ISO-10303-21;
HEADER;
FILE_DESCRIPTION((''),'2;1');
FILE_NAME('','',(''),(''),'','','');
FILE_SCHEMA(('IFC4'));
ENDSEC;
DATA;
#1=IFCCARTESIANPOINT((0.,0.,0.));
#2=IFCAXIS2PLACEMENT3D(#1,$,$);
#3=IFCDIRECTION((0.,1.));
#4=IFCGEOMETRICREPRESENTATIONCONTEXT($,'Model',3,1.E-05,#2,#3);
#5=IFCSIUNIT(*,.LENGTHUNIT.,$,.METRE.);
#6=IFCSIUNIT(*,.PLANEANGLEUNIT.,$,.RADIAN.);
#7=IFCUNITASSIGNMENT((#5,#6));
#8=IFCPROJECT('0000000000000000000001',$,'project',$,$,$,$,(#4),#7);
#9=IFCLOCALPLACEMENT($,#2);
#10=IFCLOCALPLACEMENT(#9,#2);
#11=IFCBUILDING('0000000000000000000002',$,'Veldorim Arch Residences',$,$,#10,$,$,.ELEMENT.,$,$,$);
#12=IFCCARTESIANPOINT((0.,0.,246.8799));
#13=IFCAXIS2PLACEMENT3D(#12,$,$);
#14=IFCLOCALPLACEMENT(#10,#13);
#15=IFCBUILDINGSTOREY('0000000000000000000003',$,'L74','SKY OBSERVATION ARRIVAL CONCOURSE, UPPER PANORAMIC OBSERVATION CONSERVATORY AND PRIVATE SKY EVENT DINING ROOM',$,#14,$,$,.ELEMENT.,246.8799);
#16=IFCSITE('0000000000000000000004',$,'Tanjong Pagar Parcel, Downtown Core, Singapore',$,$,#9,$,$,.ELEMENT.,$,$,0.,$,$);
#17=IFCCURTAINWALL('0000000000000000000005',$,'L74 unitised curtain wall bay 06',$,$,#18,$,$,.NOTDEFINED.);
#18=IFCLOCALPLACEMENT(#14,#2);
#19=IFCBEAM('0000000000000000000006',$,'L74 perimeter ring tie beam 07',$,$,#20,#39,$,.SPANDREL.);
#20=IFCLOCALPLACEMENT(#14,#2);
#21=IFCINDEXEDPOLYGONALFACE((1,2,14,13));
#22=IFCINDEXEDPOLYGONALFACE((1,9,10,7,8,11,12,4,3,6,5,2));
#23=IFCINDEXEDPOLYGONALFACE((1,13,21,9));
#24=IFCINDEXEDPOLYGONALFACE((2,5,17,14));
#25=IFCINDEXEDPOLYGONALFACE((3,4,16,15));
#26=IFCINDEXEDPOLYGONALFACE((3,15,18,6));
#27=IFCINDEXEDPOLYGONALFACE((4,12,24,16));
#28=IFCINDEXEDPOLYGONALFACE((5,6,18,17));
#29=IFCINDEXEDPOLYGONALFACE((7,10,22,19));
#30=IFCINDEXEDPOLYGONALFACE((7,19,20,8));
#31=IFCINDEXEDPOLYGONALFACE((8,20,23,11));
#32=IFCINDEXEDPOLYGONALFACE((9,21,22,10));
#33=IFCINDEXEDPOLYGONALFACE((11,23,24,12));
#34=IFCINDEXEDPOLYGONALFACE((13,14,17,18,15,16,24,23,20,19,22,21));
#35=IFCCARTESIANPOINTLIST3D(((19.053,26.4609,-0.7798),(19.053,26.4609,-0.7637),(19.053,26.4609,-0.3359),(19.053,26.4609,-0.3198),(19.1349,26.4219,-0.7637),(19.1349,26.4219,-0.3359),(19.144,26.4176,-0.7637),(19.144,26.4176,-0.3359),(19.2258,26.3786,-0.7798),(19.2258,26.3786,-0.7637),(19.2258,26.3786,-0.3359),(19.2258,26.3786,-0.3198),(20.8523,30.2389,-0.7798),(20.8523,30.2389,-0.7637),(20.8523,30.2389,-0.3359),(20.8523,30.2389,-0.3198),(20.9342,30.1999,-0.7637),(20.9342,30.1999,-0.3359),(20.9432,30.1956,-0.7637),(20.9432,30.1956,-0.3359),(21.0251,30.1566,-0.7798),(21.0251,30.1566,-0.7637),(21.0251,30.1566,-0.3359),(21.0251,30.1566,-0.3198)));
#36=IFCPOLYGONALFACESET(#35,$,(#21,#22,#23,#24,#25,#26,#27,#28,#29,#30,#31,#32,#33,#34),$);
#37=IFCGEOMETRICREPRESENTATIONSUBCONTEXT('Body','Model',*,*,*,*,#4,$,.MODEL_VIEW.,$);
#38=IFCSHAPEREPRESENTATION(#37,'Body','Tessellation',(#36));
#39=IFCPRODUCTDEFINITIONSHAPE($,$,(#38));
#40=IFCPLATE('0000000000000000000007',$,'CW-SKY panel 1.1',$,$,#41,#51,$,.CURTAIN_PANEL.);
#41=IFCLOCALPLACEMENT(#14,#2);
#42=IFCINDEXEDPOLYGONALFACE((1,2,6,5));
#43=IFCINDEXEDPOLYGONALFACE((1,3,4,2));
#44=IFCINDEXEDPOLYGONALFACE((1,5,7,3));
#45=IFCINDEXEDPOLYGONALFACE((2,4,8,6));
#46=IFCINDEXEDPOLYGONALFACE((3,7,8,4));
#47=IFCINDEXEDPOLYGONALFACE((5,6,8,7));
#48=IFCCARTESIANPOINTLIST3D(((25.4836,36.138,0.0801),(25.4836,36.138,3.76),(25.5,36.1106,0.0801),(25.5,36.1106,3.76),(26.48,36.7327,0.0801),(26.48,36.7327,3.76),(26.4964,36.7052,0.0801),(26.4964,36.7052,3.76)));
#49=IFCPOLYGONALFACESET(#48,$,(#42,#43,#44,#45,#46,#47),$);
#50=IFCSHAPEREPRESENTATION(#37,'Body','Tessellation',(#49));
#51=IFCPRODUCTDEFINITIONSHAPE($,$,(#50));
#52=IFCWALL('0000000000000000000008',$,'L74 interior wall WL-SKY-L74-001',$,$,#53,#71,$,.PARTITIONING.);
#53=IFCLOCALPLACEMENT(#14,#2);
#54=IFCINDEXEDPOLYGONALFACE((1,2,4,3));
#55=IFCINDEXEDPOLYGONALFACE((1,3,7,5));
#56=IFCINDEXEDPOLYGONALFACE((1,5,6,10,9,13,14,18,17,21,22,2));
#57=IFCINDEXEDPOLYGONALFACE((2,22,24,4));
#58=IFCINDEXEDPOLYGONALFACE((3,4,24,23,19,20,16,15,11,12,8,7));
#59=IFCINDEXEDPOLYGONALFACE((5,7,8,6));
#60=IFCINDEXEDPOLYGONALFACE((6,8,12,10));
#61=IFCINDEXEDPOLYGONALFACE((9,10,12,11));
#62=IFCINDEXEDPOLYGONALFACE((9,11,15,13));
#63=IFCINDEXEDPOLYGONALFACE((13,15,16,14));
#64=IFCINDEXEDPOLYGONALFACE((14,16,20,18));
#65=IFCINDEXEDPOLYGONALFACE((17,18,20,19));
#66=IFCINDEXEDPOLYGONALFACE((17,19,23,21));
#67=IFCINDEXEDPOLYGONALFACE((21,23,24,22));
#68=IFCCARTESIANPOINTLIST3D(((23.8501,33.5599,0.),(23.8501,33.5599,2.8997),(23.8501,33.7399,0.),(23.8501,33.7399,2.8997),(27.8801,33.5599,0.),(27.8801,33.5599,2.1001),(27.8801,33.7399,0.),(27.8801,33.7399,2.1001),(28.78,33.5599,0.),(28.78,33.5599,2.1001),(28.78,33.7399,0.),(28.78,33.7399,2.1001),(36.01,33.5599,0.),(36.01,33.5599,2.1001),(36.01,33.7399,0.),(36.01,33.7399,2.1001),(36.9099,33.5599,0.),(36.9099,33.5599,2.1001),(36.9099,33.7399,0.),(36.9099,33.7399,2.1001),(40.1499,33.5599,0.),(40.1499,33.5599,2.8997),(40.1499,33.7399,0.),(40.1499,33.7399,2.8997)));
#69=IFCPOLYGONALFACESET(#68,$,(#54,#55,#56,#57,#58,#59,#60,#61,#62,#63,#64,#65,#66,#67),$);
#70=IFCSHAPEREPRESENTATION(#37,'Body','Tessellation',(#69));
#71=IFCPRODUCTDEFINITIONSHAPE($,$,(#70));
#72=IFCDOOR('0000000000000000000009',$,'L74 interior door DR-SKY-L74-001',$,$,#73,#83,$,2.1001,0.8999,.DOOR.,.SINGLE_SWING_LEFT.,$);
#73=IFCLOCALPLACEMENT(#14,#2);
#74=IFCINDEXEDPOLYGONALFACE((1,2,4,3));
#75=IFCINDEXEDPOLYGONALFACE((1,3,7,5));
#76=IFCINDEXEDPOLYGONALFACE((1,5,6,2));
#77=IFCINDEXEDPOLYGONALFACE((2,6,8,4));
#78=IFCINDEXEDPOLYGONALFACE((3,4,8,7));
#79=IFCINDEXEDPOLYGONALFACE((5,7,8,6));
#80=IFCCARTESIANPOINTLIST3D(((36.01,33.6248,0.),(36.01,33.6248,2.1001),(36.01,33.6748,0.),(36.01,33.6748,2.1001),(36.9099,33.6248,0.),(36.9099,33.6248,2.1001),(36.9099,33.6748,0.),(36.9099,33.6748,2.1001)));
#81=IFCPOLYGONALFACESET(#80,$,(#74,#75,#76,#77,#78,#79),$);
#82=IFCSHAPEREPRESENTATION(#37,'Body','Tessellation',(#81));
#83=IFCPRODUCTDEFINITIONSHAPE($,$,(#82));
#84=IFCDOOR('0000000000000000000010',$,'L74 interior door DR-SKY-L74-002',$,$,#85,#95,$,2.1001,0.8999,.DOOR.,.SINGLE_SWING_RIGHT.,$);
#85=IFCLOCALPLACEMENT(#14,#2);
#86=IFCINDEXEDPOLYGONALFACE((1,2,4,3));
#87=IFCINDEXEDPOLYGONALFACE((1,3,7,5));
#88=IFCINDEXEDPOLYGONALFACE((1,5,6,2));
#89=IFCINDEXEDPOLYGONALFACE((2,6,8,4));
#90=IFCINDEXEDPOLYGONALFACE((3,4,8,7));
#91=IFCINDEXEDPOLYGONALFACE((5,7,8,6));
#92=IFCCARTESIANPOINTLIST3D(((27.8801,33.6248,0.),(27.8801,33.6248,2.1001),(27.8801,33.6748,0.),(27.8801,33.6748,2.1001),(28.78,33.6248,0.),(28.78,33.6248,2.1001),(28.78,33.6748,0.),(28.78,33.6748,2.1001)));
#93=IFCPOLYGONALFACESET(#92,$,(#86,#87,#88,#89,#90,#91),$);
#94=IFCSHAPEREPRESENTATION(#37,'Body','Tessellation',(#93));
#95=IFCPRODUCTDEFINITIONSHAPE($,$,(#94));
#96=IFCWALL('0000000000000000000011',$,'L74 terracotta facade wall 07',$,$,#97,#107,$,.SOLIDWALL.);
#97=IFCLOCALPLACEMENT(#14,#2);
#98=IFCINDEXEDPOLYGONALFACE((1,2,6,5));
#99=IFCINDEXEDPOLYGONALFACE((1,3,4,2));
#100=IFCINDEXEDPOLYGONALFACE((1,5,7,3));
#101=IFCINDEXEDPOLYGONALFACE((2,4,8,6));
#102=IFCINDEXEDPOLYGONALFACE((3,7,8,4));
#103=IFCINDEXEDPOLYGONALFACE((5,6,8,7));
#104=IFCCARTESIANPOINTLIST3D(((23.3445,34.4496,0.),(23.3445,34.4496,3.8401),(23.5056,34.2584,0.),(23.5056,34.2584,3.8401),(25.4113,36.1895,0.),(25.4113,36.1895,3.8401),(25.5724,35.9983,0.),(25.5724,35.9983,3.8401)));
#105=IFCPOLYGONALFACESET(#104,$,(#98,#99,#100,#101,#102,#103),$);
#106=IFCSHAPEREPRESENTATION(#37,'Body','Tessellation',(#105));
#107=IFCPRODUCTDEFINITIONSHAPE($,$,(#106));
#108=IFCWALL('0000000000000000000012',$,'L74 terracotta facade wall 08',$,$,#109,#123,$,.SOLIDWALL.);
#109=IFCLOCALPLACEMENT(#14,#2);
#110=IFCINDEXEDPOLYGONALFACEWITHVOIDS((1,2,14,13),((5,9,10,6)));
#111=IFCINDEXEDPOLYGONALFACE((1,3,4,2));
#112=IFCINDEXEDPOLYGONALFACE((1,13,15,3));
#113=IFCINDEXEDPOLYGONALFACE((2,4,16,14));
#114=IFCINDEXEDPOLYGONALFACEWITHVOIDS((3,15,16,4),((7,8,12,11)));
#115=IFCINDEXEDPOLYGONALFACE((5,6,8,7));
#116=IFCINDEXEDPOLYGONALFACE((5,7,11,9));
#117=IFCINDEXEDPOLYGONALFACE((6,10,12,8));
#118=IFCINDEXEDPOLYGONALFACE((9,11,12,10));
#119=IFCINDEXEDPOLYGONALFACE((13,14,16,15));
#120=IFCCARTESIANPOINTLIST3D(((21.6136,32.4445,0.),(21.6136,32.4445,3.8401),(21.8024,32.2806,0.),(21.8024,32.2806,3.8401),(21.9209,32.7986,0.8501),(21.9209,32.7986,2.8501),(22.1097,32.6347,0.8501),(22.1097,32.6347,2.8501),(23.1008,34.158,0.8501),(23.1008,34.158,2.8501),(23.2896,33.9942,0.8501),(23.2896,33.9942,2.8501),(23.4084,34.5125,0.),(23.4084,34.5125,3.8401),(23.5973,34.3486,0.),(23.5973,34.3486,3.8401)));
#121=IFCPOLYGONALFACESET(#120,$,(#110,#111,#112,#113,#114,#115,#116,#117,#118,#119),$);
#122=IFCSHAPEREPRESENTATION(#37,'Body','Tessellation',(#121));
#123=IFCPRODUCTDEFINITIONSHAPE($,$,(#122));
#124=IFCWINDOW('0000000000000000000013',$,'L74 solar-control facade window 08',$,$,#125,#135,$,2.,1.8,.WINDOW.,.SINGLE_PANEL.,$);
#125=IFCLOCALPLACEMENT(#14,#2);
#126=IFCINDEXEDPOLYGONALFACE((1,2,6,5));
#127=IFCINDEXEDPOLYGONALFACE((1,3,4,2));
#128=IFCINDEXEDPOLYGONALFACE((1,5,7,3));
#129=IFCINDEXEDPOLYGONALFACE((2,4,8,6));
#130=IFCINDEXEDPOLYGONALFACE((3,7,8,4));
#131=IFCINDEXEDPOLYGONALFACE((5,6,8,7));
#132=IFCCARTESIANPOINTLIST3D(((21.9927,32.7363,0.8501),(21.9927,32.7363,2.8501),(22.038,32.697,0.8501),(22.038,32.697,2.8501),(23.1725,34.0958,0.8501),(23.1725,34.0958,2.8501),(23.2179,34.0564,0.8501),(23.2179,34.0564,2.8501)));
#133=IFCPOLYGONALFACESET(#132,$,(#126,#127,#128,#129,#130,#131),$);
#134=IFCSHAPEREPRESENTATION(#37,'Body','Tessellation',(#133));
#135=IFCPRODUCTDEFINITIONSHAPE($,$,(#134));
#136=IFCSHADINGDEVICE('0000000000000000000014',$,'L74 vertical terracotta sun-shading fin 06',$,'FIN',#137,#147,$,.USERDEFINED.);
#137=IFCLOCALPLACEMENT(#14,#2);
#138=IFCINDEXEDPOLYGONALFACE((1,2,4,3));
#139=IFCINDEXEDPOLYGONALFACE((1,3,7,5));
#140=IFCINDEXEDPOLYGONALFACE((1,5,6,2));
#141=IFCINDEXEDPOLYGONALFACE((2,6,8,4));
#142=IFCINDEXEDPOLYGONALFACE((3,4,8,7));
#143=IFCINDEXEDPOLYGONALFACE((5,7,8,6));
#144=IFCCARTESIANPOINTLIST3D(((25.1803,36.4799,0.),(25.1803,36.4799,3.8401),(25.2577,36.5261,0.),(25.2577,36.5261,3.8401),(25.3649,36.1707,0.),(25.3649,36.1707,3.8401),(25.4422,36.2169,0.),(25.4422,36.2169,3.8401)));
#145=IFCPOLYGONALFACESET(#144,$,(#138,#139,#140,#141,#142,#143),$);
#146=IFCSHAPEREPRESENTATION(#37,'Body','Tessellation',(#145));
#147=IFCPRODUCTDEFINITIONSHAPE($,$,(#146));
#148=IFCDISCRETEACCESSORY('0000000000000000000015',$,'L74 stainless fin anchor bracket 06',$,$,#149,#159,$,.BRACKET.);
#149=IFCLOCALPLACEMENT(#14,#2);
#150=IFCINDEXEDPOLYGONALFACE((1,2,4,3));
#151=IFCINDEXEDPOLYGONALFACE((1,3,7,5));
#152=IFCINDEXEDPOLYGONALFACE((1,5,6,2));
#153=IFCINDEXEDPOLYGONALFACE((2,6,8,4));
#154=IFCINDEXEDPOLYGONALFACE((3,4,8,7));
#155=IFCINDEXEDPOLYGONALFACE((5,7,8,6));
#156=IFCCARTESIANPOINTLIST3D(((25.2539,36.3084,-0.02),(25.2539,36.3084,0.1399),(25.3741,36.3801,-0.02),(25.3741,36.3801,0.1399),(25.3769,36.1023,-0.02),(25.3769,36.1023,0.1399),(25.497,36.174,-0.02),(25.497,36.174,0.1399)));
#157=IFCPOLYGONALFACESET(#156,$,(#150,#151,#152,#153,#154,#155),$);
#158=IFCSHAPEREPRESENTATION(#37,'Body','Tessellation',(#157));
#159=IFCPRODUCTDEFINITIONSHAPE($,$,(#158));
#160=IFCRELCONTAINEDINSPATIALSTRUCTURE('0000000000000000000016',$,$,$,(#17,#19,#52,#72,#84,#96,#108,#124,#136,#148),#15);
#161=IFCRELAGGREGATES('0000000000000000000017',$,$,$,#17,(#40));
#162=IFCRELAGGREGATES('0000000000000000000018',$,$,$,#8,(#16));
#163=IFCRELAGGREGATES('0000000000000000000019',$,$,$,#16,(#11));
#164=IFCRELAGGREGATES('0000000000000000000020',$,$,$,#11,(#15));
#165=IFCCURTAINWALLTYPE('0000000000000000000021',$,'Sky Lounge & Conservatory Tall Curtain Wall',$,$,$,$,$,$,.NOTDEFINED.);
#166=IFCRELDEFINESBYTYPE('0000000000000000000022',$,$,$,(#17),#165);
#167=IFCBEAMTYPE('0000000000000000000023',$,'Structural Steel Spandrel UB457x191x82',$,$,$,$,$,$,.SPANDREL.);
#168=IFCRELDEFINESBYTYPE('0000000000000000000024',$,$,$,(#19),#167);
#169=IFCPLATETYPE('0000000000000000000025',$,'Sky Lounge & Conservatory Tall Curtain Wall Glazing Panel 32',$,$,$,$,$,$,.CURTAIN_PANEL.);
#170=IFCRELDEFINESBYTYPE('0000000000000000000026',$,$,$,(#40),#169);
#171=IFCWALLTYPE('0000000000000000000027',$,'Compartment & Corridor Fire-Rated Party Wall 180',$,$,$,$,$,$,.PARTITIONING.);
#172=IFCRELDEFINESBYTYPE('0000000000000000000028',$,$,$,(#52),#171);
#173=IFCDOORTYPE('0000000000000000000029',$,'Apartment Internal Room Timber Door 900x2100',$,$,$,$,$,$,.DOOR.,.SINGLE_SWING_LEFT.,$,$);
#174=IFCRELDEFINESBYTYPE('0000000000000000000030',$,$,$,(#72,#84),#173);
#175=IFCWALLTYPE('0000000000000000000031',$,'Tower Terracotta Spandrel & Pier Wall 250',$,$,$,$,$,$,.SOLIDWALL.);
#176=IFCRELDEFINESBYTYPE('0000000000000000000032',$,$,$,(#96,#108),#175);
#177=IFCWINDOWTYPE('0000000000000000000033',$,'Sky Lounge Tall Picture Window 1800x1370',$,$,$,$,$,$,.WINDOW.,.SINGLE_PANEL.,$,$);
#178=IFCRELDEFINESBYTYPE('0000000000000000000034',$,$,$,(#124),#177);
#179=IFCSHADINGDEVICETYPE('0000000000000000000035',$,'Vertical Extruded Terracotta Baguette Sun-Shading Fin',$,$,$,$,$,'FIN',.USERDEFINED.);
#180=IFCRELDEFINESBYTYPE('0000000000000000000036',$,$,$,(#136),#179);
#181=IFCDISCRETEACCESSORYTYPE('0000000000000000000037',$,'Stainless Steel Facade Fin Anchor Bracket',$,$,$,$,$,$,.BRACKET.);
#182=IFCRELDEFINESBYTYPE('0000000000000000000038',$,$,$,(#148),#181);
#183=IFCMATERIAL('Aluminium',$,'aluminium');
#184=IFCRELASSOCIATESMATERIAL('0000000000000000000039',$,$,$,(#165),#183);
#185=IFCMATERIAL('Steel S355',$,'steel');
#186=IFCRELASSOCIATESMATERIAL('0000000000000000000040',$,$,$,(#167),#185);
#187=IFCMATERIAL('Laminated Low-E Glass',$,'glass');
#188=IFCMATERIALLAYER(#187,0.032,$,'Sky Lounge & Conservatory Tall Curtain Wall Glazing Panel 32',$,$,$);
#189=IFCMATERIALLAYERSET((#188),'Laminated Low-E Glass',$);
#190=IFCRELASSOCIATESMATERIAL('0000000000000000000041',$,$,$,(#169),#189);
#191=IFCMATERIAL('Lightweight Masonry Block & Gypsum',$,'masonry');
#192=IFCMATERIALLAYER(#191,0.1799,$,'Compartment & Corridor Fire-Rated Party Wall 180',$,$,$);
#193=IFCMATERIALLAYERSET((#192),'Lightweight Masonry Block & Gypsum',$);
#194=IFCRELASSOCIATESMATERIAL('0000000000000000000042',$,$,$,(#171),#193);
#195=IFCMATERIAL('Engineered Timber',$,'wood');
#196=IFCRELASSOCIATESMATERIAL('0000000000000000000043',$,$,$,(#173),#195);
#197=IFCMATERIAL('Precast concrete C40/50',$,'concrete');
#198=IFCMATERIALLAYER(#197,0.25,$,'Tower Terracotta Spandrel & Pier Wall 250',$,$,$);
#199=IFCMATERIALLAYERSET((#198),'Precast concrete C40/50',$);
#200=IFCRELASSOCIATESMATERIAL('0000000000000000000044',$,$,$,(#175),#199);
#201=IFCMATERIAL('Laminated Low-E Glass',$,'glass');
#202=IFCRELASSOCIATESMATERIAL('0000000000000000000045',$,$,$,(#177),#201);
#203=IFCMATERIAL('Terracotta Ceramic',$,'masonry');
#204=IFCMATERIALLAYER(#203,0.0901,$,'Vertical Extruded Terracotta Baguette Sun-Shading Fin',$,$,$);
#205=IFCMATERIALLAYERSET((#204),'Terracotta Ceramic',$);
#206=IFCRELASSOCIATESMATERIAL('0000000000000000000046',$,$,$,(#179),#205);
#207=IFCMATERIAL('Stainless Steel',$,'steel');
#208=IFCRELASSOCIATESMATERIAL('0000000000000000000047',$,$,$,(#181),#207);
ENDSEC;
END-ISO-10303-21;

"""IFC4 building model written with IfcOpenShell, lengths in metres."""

from ifc_helpers import new_model, si_unit, direction, frame, frame_2d, origin, origin_2d, place, context, subcontext, project, spatial, rectangle, i_section, extrude, material, layer, layer_set, material_profile, profile_set, type_object, element, fill, aggregate, save


model = new_model("IFC4")

# Units and contexts
model_context = context("Model", 3, precision=1e-05, world=origin(), true_north=direction((0.0, 1.0)))
body_context = subcontext(model_context, "Body", "Model", "MODEL_VIEW")
ifc_project = project(units=[si_unit("LENGTHUNIT", "METRE"), si_unit("PLANEANGLEUNIT", "RADIAN")], contexts=[model_context])

# Site, building, storey
site_placement = place(None, origin())
site = spatial("IfcSite", under=ifc_project, at=site_placement, Name="Tanjong Pagar Parcel, Downtown Core, Singapore", CompositionType="ELEMENT", RefElevation=0.0)
building_placement = place(site_placement, origin())
building = spatial("IfcBuilding", under=site, at=building_placement, Name="Veldorim Arch Residences", CompositionType="ELEMENT")
storey_placement = place(building_placement, frame((0.0, 0.0, 246.8799)))
storey = spatial("IfcBuildingStorey", under=building, at=storey_placement, Name="L74", Description="SKY OBSERVATION ARRIVAL CONCOURSE, UPPER PANORAMIC OBSERVATION CONSERVATORY AND PRIVATE SKY EVENT DINING ROOM", CompositionType="ELEMENT", Elevation=246.8799)

# Curtain wall
ifc_material_1 = material(Name="Aluminium", Category="aluminium")
curtain_wall_type = type_object("IfcCurtainWallType", Name="Sky Lounge & Conservatory Tall Curtain Wall", PredefinedType="NOTDEFINED", material=ifc_material_1)
curtain_wall_placement = place(storey_placement, origin())
curtain_wall = element("IfcCurtainWall", 1, at=curtain_wall_placement, inside=storey, type_object=curtain_wall_type, Name="L74 unitised curtain wall bay 06", PredefinedType="NOTDEFINED")

# Beam
ifc_material_2 = material(Name="Steel S355", Category="steel")
ifc_material_profile_1 = material_profile(ifc_material_2, i_section(OverallWidth=0.1914, OverallDepth=0.46, WebThickness=0.01, FlangeThickness=0.0161, at=origin_2d()), Name="UB457x191x82")
ifc_profile_set_1 = profile_set([ifc_material_profile_1], Name="Steel S355")
beam_type_1 = type_object("IfcBeamType", Name="Structural Steel Spandrel UB457x191x82", PredefinedType="SPANDREL", material=ifc_profile_set_1)
beam_1_placement = place(storey_placement, frame((20.9387, 30.1978, -0.5498), z_axis=(-0.429979, -0.902839, 0.0), x_axis=(0.902839, -0.429979, 0.0)))
element("IfcBeam", 2, at=beam_1_placement, inside=storey, type_object=beam_type_1, Name="L74 perimeter ring tie beam 07", PredefinedType="SPANDREL", context=body_context, shape_type="SweptSolid", body=[
    extrude(i_section(OverallWidth=0.1914, OverallDepth=0.46, WebThickness=0.01, FlangeThickness=0.0161, at=origin_2d()), origin(), (0.0, 0.0, 1.0), 4.1846),
])

# Plate
ifc_material_3 = material(Name="Laminated Low-E Glass", Category="glass")
ifc_layer_1 = layer(ifc_material_3, 0.032, Name="Sky Lounge & Conservatory Tall Curtain Wall Glazing Panel 32")
ifc_layer_set_1 = layer_set([ifc_layer_1], Name="Laminated Low-E Glass")
plate_type = type_object("IfcPlateType", Name="Sky Lounge & Conservatory Tall Curtain Wall Glazing Panel 32", PredefinedType="CURTAIN_PANEL", material=ifc_layer_set_1)
plate_placement = place(storey_placement, frame((25.99, 36.4216, 0.0801), z_axis=(0.0, 0.0, 1.0), x_axis=(0.858707, 0.512467, 0.0)))
plate = element("IfcPlate", 3, at=plate_placement, type_object=plate_type, Name="CW-SKY panel 1.1", PredefinedType="CURTAIN_PANEL", context=body_context, shape_type="SweptSolid", body=[
    extrude(rectangle(XDim=1.1604, YDim=0.032, at=origin_2d()), origin(), (0.0, 0.0, 1.0), 3.6799),
])
aggregate(curtain_wall, [plate])

# Wall, openings, doors
ifc_material_4 = material(Name="Lightweight Masonry Block & Gypsum", Category="masonry")
ifc_layer_2 = layer(ifc_material_4, 0.1799, Name="Compartment & Corridor Fire-Rated Party Wall 180")
ifc_layer_set_2 = layer_set([ifc_layer_2], Name="Lightweight Masonry Block & Gypsum")
wall_type_1 = type_object("IfcWallType", Name="Compartment & Corridor Fire-Rated Party Wall 180", PredefinedType="PARTITIONING", material=ifc_layer_set_2)
wall_1_placement = place(storey_placement, frame((23.8501, 33.6499, 0.0), z_axis=(0.0, 0.0, 1.0), x_axis=(1.0, 0.0, 0.0)))
wall_1 = element("IfcWall", 4, at=wall_1_placement, inside=storey, type_object=wall_type_1, Name="L74 interior wall WL-SKY-L74-001", PredefinedType="PARTITIONING", context=body_context, shape_type="SweptSolid", body=[
    extrude(rectangle(XDim=16.2998, YDim=0.1799, at=frame_2d((8.1499, 0.0))), origin(), (0.0, 0.0, 1.0), 2.8997),
])
opening_1_placement = place(wall_1_placement, frame((12.1599, 0.0, 0.0)))
opening_1 = element("IfcOpeningElement", 5, at=opening_1_placement, cuts=wall_1, PredefinedType="OPENING", context=body_context, shape_type="SweptSolid", body=[
    extrude(rectangle(XDim=0.8999, YDim=2.1001, at=frame_2d((0.45, 1.05))), frame((0.0, 0.0999, 0.0), z_axis=(0.0, -1.0, 0.0), x_axis=(1.0, 0.0, 0.0)), (0.0, 0.0, 1.0), 0.2),
])
opening_2_placement = place(wall_1_placement, frame((4.03, 0.0, 0.0)))
opening_2 = element("IfcOpeningElement", 6, at=opening_2_placement, cuts=wall_1, PredefinedType="OPENING", context=body_context, shape_type="SweptSolid", body=[
    extrude(rectangle(XDim=0.8999, YDim=2.1001, at=frame_2d((0.45, 1.05))), frame((0.0, 0.0999, 0.0), z_axis=(0.0, -1.0, 0.0), x_axis=(1.0, 0.0, 0.0)), (0.0, 0.0, 1.0), 0.2),
])
ifc_material_5 = material(Name="Engineered Timber", Category="wood")
door_type = type_object("IfcDoorType", Name="Apartment Internal Room Timber Door 900x2100", OperationType="SINGLE_SWING_LEFT", PredefinedType="DOOR", material=ifc_material_5)
door_1_placement = place(opening_1_placement, origin())
door_1 = element("IfcDoor", 7, at=door_1_placement, inside=storey, type_object=door_type, Name="L74 interior door DR-SKY-L74-001", OperationType="SINGLE_SWING_LEFT", OverallHeight=2.1001, OverallWidth=0.8999, PredefinedType="DOOR", context=body_context, shape_type="SweptSolid", body=[
    extrude(rectangle(XDim=0.8999, YDim=2.1001, at=frame_2d((0.45, 1.05))), frame((0.0, 0.0249, 0.0), z_axis=(0.0, -1.0, 0.0), x_axis=(1.0, 0.0, 0.0)), (0.0, 0.0, 1.0), 0.05),
])
fill(opening_1, door_1)
door_2_placement = place(opening_2_placement, origin())
door_2 = element("IfcDoor", 8, at=door_2_placement, inside=storey, type_object=door_type, Name="L74 interior door DR-SKY-L74-002", OperationType="SINGLE_SWING_RIGHT", OverallHeight=2.1001, OverallWidth=0.8999, PredefinedType="DOOR", context=body_context, shape_type="SweptSolid", body=[
    extrude(rectangle(XDim=0.8999, YDim=2.1001, at=frame_2d((0.45, 1.05))), frame((0.0, 0.0249, 0.0), z_axis=(0.0, -1.0, 0.0), x_axis=(1.0, 0.0, 0.0)), (0.0, 0.0, 1.0), 0.05),
])
fill(opening_2, door_2)

# Wall
ifc_material_6 = material(Name="Precast concrete C40/50", Category="concrete")
ifc_layer_3 = layer(ifc_material_6, 0.25, Name="Tower Terracotta Spandrel & Pier Wall 250")
ifc_layer_set_3 = layer_set([ifc_layer_3], Name="Precast concrete C40/50")
wall_type_2 = type_object("IfcWallType", Name="Tower Terracotta Spandrel & Pier Wall 250", PredefinedType="SOLIDWALL", material=ifc_layer_set_3)
wall_2_placement = place(storey_placement, frame((23.425, 34.354, 0.0), z_axis=(0.0, 0.0, 1.0), x_axis=(0.765012, 0.644016, 0.0)))
element("IfcWall", 9, at=wall_2_placement, inside=storey, type_object=wall_type_2, Name="L74 terracotta facade wall 07", PredefinedType="SOLIDWALL", context=body_context, shape_type="SweptSolid", body=[
    extrude(rectangle(XDim=2.7017, YDim=0.25, at=frame_2d((1.3508, 0.0))), origin(), (0.0, 0.0, 1.0), 3.8401),
])

# Wall, opening, window
wall_3_placement = place(storey_placement, frame((21.708, 32.3625, 0.0), z_axis=(0.0, 0.0, 1.0), x_axis=(0.655463, 0.755227, 0.0)))
wall_3 = element("IfcWall", 10, at=wall_3_placement, inside=storey, type_object=wall_type_2, Name="L74 terracotta facade wall 08", PredefinedType="SOLIDWALL", context=body_context, shape_type="SweptSolid", body=[
    extrude(rectangle(XDim=2.7383, YDim=0.25, at=frame_2d((1.3691, 0.0))), origin(), (0.0, 0.0, 1.0), 3.8401),
])
opening_3_placement = place(wall_3_placement, frame((0.469, 0.0, 0.8501)))
opening_3 = element("IfcOpeningElement", 11, at=opening_3_placement, cuts=wall_3, PredefinedType="OPENING", context=body_context, shape_type="SweptSolid", body=[
    extrude(rectangle(XDim=1.8, YDim=2.0, at=frame_2d((0.8999, 1.0))), frame((0.0, 0.135, 0.0), z_axis=(0.0, -1.0, 0.0), x_axis=(1.0, 0.0, 0.0)), (0.0, 0.0, 1.0), 0.27),
])
ifc_material_7 = material(Name="Laminated Low-E Glass", Category="glass")
window_type = type_object("IfcWindowType", Name="Sky Lounge Tall Picture Window 1800x1370", PartitioningType="SINGLE_PANEL", PredefinedType="WINDOW", material=ifc_material_7)
window_placement = place(opening_3_placement, origin())
window = element("IfcWindow", 12, at=window_placement, inside=storey, type_object=window_type, Name="L74 solar-control facade window 08", OverallHeight=2.0, OverallWidth=1.8, PartitioningType="SINGLE_PANEL", PredefinedType="WINDOW", context=body_context, shape_type="SweptSolid", body=[
    extrude(rectangle(XDim=1.8, YDim=2.0, at=frame_2d((0.8999, 1.0))), frame((0.0, 0.03, 0.0), z_axis=(0.0, -1.0, 0.0), x_axis=(1.0, 0.0, 0.0)), (0.0, 0.0, 1.0), 0.0601),
])
fill(opening_3, window)

# Shading device
ifc_material_8 = material(Name="Terracotta Ceramic", Category="masonry")
ifc_layer_4 = layer(ifc_material_8, 0.0901, Name="Vertical Extruded Terracotta Baguette Sun-Shading Fin")
ifc_layer_set_4 = layer_set([ifc_layer_4], Name="Terracotta Ceramic")
shading_device_type = type_object("IfcShadingDeviceType", Name="Vertical Extruded Terracotta Baguette Sun-Shading Fin", ElementType="FIN", PredefinedType="USERDEFINED", material=ifc_layer_set_4)
shading_device_placement = place(storey_placement, frame((25.3113, 36.3484, 0.0), z_axis=(0.0, 0.0, 1.0), x_axis=(0.858692, 0.512493, 0.0)))
element("IfcShadingDevice", 13, at=shading_device_placement, inside=storey, type_object=shading_device_type, Name="L74 vertical terracotta sun-shading fin 06", ObjectType="FIN", PredefinedType="USERDEFINED", context=body_context, shape_type="SweptSolid", body=[
    extrude(rectangle(XDim=0.0901, YDim=0.3601, at=origin_2d()), origin(), (0.0, 0.0, 1.0), 3.8401),
])

# Discrete accessory
ifc_material_9 = material(Name="Stainless Steel", Category="steel")
discrete_accessory_type = type_object("IfcDiscreteAccessoryType", Name="Stainless Steel Facade Fin Anchor Bracket", PredefinedType="BRACKET", material=ifc_material_9)
discrete_accessory_placement = place(storey_placement, frame((25.3755, 36.2412, -0.02), z_axis=(0.0, 0.0, 1.0), x_axis=(0.858692, 0.512493, 0.0)))
element("IfcDiscreteAccessory", 14, at=discrete_accessory_placement, inside=storey, type_object=discrete_accessory_type, Name="L74 stainless fin anchor bracket 06", PredefinedType="BRACKET", context=body_context, shape_type="SweptSolid", body=[
    extrude(rectangle(XDim=0.1399, YDim=0.24, at=origin_2d()), origin(), (0.0, 0.0, 1.0), 0.1599),
])

save(model, "model.ifc")
